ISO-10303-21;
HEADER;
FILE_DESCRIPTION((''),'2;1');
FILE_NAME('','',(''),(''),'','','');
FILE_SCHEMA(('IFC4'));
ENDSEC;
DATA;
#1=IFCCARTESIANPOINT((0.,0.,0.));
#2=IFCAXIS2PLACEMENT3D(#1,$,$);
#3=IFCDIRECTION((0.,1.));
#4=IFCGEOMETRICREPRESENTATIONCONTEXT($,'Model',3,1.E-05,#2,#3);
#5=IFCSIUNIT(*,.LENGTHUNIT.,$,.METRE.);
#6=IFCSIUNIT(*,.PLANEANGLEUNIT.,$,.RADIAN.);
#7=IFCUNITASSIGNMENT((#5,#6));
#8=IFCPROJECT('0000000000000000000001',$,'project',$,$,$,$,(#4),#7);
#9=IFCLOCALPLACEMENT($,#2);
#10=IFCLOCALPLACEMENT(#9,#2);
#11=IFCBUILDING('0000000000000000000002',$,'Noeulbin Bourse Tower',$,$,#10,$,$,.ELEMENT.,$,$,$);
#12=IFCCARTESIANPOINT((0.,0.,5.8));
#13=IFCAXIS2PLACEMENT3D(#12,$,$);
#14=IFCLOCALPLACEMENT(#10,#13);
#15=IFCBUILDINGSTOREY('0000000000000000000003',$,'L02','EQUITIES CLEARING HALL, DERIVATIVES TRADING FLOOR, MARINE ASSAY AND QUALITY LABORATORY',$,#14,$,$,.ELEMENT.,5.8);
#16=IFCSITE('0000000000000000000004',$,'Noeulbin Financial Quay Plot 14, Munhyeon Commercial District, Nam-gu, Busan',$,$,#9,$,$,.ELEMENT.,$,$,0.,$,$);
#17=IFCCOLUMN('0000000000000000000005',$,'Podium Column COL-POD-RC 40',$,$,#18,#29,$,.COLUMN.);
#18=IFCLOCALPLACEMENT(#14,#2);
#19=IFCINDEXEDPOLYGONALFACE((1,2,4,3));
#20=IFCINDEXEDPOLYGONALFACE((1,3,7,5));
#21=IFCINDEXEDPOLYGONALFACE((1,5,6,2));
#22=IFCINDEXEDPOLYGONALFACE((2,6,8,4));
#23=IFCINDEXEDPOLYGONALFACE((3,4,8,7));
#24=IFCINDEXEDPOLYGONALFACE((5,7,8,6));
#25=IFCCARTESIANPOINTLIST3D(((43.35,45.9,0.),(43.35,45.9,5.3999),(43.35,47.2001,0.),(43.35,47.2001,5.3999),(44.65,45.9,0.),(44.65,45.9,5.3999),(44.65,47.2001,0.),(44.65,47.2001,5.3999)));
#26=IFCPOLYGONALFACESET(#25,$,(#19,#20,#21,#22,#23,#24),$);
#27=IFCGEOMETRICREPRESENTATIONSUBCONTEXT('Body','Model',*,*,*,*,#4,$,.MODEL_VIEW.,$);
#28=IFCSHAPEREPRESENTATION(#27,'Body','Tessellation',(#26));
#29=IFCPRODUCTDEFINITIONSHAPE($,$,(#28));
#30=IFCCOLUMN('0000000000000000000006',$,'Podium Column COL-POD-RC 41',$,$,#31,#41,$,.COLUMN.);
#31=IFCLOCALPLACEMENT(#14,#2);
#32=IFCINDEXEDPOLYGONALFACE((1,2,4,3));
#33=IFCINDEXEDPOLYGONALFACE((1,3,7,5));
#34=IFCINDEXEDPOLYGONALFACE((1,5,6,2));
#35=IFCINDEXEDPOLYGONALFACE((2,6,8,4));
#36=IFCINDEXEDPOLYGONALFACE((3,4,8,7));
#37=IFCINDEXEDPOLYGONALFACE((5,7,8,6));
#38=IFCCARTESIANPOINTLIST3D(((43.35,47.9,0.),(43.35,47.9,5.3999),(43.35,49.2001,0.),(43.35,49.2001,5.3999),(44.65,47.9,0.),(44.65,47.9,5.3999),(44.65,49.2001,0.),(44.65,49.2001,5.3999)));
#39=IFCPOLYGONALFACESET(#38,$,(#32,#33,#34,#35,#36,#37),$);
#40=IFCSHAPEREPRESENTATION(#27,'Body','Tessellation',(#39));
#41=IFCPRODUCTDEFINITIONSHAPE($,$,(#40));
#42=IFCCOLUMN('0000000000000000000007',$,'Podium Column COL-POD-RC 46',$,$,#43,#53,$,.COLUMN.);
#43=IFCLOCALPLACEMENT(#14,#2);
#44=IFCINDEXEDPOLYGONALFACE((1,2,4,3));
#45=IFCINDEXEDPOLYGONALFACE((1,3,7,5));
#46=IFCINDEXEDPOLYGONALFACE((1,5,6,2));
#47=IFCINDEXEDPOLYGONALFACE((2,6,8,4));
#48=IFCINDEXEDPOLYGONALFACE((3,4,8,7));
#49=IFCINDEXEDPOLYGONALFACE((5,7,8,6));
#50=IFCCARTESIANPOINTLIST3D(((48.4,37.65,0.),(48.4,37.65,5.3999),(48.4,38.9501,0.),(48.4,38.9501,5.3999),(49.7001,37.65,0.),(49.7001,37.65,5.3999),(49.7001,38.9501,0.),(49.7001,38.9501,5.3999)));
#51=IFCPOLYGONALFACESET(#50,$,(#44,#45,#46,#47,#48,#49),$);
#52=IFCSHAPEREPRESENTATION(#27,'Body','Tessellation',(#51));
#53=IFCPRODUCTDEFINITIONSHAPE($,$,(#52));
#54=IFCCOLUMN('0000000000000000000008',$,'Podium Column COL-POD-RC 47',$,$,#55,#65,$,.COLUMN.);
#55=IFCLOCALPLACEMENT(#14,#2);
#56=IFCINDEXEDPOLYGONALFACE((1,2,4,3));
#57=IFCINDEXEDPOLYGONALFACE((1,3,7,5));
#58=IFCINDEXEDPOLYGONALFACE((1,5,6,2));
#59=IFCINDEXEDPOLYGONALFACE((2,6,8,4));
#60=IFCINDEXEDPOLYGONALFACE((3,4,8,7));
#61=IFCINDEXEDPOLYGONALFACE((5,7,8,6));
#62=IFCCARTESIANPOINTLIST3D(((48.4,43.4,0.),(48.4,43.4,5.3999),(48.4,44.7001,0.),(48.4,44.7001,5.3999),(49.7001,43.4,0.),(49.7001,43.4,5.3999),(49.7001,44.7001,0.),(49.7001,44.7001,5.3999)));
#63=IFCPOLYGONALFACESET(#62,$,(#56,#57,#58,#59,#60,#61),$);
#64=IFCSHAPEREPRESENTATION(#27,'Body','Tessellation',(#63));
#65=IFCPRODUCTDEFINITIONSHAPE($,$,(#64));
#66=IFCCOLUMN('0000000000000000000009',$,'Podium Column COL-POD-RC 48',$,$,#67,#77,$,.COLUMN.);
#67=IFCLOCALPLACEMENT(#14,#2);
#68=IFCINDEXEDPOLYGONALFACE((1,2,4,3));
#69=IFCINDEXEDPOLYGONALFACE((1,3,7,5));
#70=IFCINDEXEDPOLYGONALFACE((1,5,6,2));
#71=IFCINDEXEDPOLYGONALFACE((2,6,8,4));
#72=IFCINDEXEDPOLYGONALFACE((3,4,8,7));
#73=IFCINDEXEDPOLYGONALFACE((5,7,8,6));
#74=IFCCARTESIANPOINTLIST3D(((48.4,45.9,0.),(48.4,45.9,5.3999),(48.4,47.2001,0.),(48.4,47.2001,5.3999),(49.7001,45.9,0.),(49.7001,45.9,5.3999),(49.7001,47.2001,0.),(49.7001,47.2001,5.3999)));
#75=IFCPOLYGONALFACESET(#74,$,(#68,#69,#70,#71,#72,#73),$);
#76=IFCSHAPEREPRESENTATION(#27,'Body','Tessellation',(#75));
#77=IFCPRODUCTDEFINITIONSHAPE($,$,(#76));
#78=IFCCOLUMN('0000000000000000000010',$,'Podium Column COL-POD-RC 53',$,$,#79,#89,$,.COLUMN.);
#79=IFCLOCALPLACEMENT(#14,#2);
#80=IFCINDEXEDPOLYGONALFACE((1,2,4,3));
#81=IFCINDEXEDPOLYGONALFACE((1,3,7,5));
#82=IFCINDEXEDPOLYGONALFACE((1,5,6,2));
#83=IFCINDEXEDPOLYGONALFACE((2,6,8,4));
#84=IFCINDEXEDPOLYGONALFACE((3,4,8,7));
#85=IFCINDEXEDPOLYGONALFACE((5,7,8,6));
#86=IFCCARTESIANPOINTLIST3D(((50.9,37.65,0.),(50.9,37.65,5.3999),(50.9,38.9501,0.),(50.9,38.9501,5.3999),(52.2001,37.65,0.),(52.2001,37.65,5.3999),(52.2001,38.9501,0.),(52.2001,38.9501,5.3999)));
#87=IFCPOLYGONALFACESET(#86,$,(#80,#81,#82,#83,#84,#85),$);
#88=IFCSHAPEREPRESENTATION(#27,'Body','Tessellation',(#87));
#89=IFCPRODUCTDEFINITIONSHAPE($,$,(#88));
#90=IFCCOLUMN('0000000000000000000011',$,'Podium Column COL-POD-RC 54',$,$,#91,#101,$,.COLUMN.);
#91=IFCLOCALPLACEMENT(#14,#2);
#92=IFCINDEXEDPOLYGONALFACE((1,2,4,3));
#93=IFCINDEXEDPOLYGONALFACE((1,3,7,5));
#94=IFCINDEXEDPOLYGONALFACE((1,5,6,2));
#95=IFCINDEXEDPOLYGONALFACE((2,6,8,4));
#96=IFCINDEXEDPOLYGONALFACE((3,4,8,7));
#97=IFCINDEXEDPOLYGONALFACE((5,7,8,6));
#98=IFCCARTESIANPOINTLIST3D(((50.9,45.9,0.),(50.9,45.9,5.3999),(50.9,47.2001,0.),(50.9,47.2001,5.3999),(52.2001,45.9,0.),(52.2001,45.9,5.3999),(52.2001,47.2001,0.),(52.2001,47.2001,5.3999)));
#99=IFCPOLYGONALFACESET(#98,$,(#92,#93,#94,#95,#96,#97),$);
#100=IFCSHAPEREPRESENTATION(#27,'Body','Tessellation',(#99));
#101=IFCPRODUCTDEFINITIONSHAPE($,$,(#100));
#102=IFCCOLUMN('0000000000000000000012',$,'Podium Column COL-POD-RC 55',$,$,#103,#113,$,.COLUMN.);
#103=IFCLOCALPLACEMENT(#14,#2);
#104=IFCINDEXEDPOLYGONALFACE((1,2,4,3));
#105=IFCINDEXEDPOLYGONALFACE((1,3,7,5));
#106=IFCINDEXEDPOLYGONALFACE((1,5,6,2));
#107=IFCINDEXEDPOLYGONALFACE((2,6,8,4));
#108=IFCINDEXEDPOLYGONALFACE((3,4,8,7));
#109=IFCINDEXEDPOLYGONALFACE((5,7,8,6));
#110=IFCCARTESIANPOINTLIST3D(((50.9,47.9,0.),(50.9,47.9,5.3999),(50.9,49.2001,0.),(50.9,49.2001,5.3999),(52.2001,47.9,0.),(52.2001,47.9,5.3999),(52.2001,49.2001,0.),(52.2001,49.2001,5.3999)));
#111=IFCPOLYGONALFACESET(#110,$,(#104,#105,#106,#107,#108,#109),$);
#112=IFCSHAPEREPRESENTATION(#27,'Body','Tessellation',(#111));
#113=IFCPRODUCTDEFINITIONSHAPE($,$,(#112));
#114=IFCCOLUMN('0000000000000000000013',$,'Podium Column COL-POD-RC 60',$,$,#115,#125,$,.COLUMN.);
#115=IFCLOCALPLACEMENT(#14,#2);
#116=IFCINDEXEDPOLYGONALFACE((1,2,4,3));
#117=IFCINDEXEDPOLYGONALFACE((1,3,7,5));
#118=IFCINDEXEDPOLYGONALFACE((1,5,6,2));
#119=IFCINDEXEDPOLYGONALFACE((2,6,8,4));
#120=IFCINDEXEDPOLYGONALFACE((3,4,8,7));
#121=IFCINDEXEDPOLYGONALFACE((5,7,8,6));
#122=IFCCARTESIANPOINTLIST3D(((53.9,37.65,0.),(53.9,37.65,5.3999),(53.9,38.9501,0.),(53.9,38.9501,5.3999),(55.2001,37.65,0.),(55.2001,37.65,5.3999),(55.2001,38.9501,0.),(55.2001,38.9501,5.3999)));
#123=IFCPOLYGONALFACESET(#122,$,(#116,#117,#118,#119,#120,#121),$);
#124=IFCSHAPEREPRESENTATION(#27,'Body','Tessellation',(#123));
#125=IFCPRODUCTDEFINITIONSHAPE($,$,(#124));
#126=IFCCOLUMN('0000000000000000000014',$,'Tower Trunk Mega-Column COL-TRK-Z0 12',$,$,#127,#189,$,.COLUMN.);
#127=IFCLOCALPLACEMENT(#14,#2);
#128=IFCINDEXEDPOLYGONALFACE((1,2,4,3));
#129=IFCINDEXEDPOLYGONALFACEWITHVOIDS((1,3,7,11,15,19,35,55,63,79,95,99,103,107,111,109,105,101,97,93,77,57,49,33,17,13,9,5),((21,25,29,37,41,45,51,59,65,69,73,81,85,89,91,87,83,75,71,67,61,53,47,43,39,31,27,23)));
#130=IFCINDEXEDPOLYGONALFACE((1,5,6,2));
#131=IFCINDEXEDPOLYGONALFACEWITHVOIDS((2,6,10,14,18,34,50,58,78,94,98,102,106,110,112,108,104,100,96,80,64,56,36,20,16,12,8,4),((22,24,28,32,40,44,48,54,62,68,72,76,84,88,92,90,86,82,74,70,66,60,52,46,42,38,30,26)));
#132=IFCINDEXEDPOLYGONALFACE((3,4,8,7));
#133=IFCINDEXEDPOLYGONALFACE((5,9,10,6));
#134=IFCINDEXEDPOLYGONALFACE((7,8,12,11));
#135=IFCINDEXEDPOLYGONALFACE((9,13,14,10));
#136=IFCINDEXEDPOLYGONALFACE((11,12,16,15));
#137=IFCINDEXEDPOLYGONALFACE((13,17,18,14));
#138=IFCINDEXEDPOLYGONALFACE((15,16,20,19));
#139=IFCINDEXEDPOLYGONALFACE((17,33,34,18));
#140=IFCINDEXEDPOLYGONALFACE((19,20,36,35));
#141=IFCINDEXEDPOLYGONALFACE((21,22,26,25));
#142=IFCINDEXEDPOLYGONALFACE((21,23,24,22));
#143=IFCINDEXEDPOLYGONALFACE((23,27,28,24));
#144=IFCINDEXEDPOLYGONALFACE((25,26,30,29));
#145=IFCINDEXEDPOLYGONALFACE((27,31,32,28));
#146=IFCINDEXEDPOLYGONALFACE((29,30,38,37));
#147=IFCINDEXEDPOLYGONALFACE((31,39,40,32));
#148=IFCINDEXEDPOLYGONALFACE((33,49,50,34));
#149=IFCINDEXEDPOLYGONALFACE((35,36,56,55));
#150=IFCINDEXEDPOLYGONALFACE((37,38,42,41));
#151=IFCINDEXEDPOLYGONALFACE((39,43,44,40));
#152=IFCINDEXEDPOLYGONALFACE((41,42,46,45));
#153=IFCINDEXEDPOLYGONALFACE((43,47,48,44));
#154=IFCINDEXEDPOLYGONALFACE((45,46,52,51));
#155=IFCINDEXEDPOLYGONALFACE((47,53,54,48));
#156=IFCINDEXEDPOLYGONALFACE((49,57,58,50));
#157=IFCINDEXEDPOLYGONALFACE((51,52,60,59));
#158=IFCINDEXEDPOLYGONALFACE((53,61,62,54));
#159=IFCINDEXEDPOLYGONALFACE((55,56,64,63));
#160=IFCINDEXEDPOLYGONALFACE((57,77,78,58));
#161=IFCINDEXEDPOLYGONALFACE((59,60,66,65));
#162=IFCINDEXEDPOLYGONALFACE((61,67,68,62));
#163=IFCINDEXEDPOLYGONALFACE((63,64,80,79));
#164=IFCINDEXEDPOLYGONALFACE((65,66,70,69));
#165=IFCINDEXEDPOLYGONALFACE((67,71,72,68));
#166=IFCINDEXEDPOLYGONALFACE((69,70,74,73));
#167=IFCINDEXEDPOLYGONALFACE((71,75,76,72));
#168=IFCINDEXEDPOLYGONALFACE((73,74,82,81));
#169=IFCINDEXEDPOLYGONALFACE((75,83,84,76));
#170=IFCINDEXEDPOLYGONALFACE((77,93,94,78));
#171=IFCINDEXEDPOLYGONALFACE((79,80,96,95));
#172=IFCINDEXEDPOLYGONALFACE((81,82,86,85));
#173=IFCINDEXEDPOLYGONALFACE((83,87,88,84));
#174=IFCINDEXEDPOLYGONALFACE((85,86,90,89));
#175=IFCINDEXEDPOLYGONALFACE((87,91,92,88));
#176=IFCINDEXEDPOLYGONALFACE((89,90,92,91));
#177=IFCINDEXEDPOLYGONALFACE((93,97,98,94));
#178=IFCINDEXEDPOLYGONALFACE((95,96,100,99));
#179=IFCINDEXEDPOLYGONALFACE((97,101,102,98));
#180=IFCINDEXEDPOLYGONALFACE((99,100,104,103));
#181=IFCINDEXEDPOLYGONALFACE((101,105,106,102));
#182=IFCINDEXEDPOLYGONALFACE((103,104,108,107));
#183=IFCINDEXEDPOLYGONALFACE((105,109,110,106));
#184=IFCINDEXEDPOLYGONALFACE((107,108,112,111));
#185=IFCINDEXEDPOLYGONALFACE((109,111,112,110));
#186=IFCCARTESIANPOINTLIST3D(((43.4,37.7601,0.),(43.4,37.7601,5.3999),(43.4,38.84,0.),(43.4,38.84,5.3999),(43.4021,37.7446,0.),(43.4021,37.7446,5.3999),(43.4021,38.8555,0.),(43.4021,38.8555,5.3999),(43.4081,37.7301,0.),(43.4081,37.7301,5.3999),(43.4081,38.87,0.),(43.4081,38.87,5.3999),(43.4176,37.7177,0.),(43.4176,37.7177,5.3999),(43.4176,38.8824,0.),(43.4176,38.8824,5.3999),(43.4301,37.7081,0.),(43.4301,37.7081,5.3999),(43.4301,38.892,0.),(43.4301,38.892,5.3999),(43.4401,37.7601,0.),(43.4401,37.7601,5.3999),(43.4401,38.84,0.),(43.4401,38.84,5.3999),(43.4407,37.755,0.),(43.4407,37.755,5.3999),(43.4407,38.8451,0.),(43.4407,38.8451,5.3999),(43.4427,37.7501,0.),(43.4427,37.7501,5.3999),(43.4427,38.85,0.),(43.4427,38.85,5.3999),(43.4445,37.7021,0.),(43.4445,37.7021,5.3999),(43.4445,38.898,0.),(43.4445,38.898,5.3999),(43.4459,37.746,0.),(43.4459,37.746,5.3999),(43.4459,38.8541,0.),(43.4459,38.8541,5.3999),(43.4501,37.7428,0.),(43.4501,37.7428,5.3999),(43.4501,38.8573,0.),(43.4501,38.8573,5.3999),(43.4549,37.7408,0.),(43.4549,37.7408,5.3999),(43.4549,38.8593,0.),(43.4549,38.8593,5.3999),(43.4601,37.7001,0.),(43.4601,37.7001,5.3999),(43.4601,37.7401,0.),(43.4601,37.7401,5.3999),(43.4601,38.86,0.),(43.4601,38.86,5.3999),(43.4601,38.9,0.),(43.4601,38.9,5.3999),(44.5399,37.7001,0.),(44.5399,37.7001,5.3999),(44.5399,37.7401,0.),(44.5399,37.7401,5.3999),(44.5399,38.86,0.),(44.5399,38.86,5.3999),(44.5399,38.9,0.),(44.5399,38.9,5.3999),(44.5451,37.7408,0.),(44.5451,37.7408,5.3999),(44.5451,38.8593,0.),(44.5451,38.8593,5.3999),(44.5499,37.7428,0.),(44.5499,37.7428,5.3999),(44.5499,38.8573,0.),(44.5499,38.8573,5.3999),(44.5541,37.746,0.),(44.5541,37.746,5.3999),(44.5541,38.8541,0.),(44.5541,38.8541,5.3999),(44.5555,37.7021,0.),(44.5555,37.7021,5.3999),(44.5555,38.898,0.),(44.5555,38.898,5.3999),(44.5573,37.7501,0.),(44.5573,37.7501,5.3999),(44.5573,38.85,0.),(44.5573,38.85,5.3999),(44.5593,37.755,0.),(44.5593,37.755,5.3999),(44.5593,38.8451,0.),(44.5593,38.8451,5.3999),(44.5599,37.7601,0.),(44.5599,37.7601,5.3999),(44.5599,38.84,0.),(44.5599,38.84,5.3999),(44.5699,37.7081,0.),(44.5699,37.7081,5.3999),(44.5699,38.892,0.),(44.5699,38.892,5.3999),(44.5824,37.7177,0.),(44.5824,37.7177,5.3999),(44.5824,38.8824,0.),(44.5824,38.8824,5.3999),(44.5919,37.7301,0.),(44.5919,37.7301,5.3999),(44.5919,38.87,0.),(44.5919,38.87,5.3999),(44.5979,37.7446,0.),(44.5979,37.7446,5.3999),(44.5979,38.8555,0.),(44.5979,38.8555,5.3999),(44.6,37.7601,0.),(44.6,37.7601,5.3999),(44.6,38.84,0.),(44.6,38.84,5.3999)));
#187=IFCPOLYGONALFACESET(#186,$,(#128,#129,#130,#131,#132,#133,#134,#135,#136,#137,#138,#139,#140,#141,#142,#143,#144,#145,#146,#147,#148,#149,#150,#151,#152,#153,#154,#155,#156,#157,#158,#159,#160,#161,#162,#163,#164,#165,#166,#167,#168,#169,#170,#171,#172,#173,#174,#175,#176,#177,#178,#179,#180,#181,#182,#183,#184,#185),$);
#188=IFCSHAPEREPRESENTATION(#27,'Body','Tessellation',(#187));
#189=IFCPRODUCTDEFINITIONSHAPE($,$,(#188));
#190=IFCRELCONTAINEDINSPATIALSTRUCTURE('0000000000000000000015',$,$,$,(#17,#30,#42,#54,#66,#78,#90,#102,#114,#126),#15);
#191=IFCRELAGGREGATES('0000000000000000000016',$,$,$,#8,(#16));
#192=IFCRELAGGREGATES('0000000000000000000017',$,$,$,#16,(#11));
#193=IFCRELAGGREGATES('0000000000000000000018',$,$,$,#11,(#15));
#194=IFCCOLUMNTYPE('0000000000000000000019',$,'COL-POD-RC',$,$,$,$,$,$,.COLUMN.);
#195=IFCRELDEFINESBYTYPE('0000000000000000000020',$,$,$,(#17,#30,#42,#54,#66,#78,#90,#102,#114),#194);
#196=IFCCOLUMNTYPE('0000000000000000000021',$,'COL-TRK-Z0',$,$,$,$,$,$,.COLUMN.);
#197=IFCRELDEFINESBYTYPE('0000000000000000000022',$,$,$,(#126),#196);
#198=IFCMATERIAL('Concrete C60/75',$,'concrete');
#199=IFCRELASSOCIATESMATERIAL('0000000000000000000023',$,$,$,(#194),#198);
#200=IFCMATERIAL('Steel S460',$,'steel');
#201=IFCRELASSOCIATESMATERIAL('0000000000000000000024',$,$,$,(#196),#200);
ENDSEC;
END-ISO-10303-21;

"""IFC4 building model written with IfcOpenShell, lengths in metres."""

from ifc_helpers import new_model, si_unit, direction, frame, origin, origin_2d, place, context, subcontext, project, spatial, rectangle, hollow_rectangle, extrude, material, material_profile, profile_set, type_object, element, save


model = new_model("IFC4")

# Units and contexts
model_context = context("Model", 3, precision=1e-05, world=origin(), true_north=direction((0.0, 1.0)))
body_context = subcontext(model_context, "Body", "Model", "MODEL_VIEW")
ifc_project = project(units=[si_unit("LENGTHUNIT", "METRE"), si_unit("PLANEANGLEUNIT", "RADIAN")], contexts=[model_context])

# Site, building, storey
site_placement = place(None, origin())
site = spatial("IfcSite", under=ifc_project, at=site_placement, Name="Noeulbin Financial Quay Plot 14, Munhyeon Commercial District, Nam-gu, Busan", CompositionType="ELEMENT", RefElevation=0.0)
building_placement = place(site_placement, origin())
building = spatial("IfcBuilding", under=site, at=building_placement, Name="Noeulbin Bourse Tower", CompositionType="ELEMENT")
storey_placement = place(building_placement, frame((0.0, 0.0, 5.8)))
storey = spatial("IfcBuildingStorey", under=building, at=storey_placement, Name="L02", Description="EQUITIES CLEARING HALL, DERIVATIVES TRADING FLOOR, MARINE ASSAY AND QUALITY LABORATORY", CompositionType="ELEMENT", Elevation=5.8)

# Columns
ifc_material_1 = material(Name="Concrete C60/75", Category="concrete")
ifc_material_profile_1 = material_profile(ifc_material_1, rectangle(XDim=1.3, YDim=1.3, at=origin_2d()), Name="RC-COL-1300x1300", Category="LoadBearing")
ifc_profile_set_1 = profile_set([ifc_material_profile_1], Name="Concrete C60/75")
column_type_1 = type_object("IfcColumnType", Name="COL-POD-RC", PredefinedType="COLUMN", material=ifc_profile_set_1)
for number, where, z_axis, x_axis, name in (
    (1, (44.0, 46.55, 0.0), (0.0, 0.0, 1.0), (1.0, 0.0, 0.0), "Podium Column COL-POD-RC 40"),
    (2, (44.0, 48.55, 0.0), (0.0, 0.0, 1.0), (1.0, 0.0, 0.0), "Podium Column COL-POD-RC 41"),
    (3, (49.05, 38.3, 0.0), (0.0, 0.0, 1.0), (1.0, 0.0, 0.0), "Podium Column COL-POD-RC 46"),
    (4, (49.05, 44.05, 0.0), (0.0, 0.0, 1.0), (1.0, 0.0, 0.0), "Podium Column COL-POD-RC 47"),
    (5, (49.05, 46.55, 0.0), (0.0, 0.0, 1.0), (1.0, 0.0, 0.0), "Podium Column COL-POD-RC 48"),
    (6, (51.55, 38.3, 0.0), (0.0, 0.0, 1.0), (1.0, 0.0, 0.0), "Podium Column COL-POD-RC 53"),
    (7, (51.55, 46.55, 0.0), (0.0, 0.0, 1.0), (1.0, 0.0, 0.0), "Podium Column COL-POD-RC 54"),
    (8, (51.55, 48.55, 0.0), (0.0, 0.0, 1.0), (1.0, 0.0, 0.0), "Podium Column COL-POD-RC 55"),
    (9, (54.55, 38.3, 0.0), (0.0, 0.0, 1.0), (1.0, 0.0, 0.0), "Podium Column COL-POD-RC 60"),
):
    element("IfcColumn", number, at=place(storey_placement, frame(where, z_axis=z_axis, x_axis=x_axis)), inside=storey, type_object=column_type_1, Name=name, PredefinedType="COLUMN", context=body_context, shape_type="SweptSolid", body=[
        extrude(rectangle(XDim=1.3, YDim=1.3, at=origin_2d()), origin(), (0.0, 0.0, 1.0), 5.3999),
    ])
ifc_material_2 = material(Name="Steel S460", Category="steel")
ifc_material_profile_2 = material_profile(ifc_material_2, hollow_rectangle(XDim=1.2, YDim=1.2, WallThickness=0.04, InnerFilletRadius=0.02, OuterFilletRadius=0.0601, at=origin_2d()), Name="BOX-1200x1200x40", Category="LoadBearing")
ifc_profile_set_2 = profile_set([ifc_material_profile_2], Name="Steel S460")
column_type_2 = type_object("IfcColumnType", Name="COL-TRK-Z0", PredefinedType="COLUMN", material=ifc_profile_set_2)
column_placement = place(storey_placement, frame((44.0, 38.3, 0.0), z_axis=(0.0, 0.0, 1.0), x_axis=(1.0, 0.0, 0.0)))
element("IfcColumn", 10, at=column_placement, inside=storey, type_object=column_type_2, Name="Tower Trunk Mega-Column COL-TRK-Z0 12", PredefinedType="COLUMN", context=body_context, shape_type="SweptSolid", body=[
    extrude(hollow_rectangle(XDim=1.2, YDim=1.2, WallThickness=0.04, InnerFilletRadius=0.02, OuterFilletRadius=0.0601, at=origin_2d()), origin(), (0.0, 0.0, 1.0), 5.3999),
])

save(model, "model.ifc")
